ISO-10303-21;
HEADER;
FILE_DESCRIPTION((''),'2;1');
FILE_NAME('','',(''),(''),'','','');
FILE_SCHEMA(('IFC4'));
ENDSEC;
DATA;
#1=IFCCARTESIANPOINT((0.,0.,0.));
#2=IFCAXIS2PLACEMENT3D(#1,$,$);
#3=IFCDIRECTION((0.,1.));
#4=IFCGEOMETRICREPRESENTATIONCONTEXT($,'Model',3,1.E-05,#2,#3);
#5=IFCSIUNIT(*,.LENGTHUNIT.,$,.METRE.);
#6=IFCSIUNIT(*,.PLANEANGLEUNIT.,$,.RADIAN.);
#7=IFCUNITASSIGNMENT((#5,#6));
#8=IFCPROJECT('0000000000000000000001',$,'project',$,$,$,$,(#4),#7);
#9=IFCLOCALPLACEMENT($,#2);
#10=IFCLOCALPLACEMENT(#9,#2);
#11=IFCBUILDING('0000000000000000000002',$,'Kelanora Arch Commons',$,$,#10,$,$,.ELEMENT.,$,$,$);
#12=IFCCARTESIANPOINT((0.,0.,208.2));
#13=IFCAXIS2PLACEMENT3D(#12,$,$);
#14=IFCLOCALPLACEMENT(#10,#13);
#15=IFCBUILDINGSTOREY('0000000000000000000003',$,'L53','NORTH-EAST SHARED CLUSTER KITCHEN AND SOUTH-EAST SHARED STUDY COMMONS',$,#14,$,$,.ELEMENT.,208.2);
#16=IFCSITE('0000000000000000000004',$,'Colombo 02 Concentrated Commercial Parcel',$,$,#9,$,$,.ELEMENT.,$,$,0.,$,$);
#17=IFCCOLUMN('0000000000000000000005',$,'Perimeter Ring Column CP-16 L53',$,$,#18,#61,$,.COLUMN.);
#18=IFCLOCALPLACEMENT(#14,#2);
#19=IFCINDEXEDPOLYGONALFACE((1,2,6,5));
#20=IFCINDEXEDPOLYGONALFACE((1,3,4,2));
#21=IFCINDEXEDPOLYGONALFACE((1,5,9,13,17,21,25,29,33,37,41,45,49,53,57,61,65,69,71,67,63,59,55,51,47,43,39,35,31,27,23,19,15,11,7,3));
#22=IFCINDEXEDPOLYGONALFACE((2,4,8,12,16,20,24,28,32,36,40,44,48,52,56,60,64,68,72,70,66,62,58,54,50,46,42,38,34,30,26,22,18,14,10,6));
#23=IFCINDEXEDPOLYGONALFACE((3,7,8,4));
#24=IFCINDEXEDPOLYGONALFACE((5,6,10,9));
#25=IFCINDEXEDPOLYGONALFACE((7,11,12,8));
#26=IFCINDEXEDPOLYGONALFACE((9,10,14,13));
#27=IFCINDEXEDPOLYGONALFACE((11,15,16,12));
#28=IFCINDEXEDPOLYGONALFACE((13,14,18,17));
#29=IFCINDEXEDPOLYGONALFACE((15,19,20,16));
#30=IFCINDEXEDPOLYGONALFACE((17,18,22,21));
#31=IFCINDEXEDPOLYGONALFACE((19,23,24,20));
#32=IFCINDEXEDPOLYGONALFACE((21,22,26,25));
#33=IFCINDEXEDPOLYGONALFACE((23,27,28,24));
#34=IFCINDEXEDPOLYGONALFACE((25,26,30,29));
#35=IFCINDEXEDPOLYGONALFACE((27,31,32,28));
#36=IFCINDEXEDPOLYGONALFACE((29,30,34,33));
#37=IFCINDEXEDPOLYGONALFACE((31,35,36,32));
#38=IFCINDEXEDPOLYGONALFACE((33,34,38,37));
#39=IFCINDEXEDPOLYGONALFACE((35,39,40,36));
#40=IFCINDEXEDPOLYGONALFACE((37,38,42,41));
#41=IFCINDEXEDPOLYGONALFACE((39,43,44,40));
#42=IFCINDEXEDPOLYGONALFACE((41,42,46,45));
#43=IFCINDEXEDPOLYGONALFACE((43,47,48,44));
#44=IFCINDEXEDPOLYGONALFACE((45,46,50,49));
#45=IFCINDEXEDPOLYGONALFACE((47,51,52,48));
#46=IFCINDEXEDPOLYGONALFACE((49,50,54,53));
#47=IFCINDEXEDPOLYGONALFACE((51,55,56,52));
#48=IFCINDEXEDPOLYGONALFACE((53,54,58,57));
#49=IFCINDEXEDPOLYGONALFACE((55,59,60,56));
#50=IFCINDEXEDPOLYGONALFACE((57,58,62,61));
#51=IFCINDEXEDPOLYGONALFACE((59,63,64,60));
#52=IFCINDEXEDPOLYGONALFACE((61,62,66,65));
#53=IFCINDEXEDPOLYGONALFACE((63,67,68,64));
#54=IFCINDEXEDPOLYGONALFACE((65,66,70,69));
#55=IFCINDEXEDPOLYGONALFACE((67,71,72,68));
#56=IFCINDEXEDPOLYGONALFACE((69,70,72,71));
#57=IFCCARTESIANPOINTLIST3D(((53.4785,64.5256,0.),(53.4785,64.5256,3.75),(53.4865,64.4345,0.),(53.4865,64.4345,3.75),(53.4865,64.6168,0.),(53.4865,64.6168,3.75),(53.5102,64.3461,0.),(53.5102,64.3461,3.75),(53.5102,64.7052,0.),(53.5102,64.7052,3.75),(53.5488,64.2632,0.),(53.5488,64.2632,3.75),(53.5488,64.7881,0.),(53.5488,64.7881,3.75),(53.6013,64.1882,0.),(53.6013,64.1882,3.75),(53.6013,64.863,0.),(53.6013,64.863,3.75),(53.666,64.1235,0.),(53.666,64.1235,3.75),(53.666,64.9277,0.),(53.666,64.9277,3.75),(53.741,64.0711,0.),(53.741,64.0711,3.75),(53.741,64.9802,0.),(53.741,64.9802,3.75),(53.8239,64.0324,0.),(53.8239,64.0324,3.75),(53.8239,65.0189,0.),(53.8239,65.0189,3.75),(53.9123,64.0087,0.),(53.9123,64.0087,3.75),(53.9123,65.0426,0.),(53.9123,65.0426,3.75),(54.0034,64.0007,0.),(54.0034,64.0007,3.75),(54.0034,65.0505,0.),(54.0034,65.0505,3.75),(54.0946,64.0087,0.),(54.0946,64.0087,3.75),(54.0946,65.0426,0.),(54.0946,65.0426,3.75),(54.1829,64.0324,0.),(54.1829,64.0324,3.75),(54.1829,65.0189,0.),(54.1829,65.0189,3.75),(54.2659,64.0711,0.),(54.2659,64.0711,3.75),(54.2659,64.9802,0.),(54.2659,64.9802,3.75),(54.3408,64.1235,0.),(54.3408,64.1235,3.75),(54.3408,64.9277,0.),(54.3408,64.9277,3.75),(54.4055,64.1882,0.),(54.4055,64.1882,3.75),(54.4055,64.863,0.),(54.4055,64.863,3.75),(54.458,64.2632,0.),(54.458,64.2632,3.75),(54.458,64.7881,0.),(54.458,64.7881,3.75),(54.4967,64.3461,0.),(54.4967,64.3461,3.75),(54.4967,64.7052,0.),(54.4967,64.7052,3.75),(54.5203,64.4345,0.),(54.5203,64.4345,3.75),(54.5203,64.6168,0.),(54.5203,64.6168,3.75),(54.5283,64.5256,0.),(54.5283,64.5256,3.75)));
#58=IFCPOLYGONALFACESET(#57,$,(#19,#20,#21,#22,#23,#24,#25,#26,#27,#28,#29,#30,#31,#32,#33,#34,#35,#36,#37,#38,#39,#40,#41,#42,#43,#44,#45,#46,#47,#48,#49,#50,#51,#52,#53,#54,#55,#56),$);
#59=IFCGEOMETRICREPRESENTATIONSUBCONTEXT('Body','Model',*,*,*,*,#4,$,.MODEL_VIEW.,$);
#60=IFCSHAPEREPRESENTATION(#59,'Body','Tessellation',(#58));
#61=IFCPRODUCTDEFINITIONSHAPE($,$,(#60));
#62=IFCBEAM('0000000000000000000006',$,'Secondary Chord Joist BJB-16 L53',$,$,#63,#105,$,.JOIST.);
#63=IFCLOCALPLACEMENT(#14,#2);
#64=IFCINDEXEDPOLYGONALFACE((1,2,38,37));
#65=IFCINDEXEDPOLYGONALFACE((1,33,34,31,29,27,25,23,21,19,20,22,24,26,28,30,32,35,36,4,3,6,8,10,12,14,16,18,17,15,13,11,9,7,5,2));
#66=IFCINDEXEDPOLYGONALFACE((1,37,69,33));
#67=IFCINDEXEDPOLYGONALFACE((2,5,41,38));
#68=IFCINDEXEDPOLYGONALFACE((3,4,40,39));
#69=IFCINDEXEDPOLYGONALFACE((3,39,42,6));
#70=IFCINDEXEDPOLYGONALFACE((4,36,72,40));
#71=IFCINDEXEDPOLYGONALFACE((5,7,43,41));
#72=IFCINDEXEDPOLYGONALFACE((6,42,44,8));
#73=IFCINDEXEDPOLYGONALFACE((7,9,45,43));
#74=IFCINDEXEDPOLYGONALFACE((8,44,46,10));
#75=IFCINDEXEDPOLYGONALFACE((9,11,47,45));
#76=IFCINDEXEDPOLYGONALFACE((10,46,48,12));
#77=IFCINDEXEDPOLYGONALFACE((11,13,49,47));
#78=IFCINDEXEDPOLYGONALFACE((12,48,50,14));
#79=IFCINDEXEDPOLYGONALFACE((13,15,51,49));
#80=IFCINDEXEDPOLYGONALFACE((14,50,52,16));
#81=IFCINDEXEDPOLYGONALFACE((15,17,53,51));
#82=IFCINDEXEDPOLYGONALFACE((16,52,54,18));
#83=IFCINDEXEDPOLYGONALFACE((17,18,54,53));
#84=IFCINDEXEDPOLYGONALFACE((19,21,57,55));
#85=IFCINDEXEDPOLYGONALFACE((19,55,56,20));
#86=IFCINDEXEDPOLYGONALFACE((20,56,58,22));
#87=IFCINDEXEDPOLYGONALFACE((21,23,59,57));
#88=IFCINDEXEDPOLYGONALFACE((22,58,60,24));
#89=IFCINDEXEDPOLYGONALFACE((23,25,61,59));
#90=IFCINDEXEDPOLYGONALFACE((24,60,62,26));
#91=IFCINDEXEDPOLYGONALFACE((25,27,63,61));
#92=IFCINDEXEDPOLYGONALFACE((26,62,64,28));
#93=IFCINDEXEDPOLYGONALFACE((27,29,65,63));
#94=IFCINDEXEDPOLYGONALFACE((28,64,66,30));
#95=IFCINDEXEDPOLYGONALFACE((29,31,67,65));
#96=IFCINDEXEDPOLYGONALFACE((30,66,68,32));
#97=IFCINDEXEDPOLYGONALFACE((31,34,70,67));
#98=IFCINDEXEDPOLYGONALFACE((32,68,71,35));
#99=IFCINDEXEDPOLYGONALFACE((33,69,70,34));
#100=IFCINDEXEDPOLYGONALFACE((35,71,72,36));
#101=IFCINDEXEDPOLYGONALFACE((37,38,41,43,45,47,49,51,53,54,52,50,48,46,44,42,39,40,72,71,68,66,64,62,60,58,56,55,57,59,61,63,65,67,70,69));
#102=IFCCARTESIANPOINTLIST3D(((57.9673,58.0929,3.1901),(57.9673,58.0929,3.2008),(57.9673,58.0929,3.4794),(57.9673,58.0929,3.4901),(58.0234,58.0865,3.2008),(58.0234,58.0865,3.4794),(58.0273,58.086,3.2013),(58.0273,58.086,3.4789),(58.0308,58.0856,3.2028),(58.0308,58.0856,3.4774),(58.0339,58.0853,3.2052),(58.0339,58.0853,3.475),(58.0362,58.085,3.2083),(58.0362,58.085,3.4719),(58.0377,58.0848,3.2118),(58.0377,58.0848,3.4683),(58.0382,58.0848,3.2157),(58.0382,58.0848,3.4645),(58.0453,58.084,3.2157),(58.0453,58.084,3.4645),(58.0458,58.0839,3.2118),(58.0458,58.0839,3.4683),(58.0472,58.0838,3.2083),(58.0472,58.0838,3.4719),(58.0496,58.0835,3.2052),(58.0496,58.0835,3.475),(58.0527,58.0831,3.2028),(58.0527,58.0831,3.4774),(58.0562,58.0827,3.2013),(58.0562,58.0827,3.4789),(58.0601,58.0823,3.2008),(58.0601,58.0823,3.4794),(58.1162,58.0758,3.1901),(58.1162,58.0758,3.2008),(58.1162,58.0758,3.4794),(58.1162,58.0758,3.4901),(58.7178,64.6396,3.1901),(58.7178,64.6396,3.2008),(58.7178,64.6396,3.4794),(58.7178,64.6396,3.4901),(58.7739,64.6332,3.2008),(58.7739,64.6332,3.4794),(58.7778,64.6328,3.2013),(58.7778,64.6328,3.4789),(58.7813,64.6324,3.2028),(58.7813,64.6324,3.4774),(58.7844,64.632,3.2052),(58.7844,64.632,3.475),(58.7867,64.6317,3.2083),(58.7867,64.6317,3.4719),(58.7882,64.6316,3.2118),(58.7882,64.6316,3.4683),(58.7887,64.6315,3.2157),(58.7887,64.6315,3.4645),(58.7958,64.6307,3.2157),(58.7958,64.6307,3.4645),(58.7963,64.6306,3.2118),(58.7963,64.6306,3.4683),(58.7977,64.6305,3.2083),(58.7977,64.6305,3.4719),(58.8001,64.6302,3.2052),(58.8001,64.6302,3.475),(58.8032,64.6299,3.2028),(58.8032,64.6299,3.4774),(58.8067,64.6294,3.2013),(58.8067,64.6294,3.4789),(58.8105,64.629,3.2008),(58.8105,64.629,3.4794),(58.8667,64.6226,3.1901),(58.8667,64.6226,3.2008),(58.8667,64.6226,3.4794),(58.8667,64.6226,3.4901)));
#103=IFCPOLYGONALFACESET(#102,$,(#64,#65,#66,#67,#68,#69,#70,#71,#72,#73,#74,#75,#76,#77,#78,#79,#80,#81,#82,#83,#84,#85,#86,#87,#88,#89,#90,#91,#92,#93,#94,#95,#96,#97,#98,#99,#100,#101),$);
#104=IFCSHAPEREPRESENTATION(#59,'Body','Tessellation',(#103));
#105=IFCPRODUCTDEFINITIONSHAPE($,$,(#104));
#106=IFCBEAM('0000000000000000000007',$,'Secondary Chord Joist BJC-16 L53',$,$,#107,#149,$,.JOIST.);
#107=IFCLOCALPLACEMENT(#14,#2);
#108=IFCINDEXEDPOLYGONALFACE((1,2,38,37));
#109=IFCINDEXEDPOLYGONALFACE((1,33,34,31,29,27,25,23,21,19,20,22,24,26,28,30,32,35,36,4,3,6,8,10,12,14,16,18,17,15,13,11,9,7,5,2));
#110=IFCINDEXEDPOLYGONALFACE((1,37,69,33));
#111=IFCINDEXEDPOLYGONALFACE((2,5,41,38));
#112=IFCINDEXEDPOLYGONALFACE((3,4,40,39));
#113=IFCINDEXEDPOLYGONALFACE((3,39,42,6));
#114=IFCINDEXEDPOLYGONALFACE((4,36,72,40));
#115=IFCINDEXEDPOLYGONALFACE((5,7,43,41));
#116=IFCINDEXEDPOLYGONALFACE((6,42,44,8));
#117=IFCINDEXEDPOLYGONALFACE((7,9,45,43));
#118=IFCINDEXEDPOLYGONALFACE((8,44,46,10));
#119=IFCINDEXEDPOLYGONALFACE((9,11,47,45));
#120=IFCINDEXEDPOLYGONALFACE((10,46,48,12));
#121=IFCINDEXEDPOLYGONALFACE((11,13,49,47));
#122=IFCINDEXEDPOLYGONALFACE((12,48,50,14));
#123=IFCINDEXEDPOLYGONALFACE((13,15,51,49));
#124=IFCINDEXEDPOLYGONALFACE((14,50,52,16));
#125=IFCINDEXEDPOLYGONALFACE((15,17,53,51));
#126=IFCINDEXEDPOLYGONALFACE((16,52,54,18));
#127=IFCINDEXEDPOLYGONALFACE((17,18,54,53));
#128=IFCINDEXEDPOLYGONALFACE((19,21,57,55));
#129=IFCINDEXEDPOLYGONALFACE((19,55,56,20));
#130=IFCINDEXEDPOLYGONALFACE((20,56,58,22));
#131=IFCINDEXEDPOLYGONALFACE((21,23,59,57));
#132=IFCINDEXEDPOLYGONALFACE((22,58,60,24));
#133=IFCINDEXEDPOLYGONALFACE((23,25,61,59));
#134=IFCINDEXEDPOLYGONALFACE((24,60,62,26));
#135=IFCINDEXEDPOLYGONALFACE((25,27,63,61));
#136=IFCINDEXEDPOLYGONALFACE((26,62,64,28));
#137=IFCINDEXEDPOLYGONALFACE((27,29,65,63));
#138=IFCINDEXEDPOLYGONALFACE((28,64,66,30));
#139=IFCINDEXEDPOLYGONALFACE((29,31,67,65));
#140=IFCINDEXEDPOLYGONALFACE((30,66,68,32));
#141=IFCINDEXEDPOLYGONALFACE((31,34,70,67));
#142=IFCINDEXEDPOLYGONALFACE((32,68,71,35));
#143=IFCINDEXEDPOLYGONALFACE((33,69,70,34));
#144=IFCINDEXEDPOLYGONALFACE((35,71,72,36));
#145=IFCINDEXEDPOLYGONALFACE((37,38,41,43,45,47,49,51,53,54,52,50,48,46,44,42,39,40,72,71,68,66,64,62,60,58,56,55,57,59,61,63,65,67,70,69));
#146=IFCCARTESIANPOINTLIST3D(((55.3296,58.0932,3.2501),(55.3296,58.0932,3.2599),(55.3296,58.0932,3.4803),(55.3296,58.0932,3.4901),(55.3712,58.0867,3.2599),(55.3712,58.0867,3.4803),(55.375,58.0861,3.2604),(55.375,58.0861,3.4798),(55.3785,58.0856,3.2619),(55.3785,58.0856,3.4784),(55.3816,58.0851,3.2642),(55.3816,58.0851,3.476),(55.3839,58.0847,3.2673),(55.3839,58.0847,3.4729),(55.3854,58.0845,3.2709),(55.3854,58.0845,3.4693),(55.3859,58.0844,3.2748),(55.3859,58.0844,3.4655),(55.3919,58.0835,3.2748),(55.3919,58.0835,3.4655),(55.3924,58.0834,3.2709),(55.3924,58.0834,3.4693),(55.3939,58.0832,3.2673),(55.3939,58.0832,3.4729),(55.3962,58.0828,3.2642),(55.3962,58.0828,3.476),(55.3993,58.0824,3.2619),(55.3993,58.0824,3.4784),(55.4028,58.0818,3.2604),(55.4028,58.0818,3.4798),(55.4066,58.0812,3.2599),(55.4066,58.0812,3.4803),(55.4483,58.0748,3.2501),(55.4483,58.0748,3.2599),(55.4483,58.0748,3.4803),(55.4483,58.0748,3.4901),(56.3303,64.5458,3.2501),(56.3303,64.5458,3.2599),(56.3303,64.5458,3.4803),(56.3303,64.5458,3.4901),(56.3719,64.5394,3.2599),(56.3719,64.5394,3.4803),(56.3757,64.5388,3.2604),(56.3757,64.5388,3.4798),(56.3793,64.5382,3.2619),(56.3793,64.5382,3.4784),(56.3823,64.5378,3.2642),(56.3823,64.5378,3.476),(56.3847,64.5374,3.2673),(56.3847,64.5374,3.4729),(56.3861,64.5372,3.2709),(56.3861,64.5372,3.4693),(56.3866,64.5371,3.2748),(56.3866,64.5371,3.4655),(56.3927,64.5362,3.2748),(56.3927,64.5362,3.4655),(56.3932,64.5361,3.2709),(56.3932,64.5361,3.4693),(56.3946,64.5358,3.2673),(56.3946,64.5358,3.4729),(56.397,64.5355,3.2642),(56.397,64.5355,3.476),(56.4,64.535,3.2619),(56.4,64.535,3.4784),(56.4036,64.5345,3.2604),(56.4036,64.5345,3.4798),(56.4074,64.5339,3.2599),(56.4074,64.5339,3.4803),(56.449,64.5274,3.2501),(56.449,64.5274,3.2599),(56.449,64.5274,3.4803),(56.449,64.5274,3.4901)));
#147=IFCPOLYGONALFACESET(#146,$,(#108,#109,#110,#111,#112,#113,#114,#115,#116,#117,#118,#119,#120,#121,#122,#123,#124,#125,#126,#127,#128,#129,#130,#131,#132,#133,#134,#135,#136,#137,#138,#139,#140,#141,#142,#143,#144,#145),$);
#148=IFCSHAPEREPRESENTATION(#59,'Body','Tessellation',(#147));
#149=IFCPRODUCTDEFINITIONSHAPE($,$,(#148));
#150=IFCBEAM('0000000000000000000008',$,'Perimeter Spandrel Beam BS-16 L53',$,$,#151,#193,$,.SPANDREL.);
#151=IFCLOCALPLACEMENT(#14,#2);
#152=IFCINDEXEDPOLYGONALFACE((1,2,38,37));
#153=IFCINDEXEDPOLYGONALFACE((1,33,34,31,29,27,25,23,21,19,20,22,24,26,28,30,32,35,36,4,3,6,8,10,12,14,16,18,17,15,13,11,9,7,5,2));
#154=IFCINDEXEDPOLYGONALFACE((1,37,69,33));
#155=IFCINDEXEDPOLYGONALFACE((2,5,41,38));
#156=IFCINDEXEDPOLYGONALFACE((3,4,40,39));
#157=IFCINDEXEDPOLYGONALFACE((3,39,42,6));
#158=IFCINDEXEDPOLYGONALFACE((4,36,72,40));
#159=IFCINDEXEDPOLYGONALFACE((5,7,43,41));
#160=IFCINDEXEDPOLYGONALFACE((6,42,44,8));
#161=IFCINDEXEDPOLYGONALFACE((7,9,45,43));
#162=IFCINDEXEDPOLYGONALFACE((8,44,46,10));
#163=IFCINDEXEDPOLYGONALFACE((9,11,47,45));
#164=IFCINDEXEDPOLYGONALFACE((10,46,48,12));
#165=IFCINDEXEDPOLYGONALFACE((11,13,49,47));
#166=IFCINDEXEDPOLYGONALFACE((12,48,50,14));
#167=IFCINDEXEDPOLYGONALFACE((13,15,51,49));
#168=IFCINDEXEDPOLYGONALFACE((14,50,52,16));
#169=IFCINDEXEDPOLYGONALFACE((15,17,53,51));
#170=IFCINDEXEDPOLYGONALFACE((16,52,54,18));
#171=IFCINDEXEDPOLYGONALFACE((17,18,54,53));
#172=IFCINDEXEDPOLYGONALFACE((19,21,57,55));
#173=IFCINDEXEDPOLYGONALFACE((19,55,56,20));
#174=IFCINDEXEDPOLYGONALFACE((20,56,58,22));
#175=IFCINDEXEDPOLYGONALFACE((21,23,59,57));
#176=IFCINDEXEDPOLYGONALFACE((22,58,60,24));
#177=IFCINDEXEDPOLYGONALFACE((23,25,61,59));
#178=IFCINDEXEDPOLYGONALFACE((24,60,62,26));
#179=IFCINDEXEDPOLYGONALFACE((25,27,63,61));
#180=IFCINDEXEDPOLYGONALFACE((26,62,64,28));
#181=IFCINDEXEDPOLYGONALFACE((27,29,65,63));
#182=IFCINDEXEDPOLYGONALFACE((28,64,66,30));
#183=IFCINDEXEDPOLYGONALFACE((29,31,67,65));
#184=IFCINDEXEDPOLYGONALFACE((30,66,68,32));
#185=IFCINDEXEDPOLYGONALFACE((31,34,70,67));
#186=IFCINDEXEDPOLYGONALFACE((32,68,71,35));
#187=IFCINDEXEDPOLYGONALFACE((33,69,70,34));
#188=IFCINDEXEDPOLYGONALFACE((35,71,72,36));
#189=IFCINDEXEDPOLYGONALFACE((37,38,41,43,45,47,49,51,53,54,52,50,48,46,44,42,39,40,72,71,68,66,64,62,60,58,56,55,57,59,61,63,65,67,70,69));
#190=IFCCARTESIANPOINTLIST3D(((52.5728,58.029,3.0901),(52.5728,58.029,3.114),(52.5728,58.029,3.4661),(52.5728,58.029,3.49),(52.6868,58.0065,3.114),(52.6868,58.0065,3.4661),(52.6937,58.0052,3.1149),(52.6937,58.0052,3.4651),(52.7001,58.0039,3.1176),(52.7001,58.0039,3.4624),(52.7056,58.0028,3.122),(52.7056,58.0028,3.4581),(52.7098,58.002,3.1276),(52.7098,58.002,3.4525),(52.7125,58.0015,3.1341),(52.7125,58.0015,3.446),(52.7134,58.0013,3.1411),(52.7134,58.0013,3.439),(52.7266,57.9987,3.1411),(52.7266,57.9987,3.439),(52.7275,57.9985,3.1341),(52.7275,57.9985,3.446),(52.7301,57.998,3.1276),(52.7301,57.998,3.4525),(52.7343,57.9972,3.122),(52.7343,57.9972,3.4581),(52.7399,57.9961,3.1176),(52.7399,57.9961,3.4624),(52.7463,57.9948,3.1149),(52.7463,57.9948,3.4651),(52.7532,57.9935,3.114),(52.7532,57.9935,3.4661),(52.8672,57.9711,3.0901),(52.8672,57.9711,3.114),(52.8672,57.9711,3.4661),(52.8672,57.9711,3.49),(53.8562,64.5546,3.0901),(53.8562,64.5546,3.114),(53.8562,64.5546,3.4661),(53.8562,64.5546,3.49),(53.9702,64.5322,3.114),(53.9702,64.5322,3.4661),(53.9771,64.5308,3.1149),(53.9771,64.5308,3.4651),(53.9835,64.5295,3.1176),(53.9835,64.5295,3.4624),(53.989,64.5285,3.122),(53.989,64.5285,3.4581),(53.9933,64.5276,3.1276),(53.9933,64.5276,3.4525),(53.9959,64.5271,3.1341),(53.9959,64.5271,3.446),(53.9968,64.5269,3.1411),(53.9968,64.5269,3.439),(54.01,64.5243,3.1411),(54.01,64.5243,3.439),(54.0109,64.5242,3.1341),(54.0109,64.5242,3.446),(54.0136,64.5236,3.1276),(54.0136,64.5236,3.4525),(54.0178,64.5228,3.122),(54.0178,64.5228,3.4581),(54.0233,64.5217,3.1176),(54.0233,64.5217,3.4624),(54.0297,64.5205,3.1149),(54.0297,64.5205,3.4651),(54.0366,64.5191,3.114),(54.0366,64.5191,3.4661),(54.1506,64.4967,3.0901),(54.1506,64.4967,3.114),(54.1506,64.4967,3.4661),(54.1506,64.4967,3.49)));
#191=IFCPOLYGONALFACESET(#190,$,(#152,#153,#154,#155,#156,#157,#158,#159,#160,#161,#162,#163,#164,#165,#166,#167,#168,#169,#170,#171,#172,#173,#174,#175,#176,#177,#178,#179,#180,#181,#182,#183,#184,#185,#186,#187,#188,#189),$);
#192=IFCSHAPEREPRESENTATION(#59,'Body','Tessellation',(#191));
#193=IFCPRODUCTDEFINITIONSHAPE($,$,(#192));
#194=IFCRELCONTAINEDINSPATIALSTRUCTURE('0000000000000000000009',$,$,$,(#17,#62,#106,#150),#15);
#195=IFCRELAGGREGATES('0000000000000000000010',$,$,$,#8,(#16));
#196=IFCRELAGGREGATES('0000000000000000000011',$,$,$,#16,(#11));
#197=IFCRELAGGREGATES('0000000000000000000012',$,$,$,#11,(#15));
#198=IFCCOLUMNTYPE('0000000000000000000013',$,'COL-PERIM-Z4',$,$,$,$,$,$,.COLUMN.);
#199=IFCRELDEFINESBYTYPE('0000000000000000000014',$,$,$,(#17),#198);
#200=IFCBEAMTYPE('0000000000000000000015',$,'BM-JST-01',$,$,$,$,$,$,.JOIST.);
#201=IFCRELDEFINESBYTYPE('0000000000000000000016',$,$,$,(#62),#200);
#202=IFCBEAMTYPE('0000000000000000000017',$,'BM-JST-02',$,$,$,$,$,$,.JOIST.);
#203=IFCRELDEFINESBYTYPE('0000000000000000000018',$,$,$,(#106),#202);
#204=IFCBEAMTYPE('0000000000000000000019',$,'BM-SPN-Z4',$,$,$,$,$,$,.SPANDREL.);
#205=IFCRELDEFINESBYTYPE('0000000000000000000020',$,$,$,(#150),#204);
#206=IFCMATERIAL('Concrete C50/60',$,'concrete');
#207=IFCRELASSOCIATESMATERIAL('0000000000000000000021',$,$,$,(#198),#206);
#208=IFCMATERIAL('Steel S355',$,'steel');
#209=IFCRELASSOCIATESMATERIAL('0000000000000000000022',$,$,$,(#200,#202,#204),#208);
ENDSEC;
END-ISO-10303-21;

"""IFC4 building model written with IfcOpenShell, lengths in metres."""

from ifc_helpers import new_model, si_unit, direction, frame, origin, origin_2d, place, context, subcontext, project, spatial, circle, i_section, extrude, material, material_profile, profile_set, type_object, element, save


model = new_model("IFC4")

# Units and contexts
model_context = context("Model", 3, precision=1e-05, world=origin(), true_north=direction((0.0, 1.0)))
body_context = subcontext(model_context, "Body", "Model", "MODEL_VIEW")
ifc_project = project(units=[si_unit("LENGTHUNIT", "METRE"), si_unit("PLANEANGLEUNIT", "RADIAN")], contexts=[model_context])

# Site, building, storey
site_placement = place(None, origin())
site = spatial("IfcSite", under=ifc_project, at=site_placement, Name="Colombo 02 Concentrated Commercial Parcel", CompositionType="ELEMENT", RefElevation=0.0)
building_placement = place(site_placement, origin())
building = spatial("IfcBuilding", under=site, at=building_placement, Name="Kelanora Arch Commons", CompositionType="ELEMENT")
storey_placement = place(building_placement, frame((0.0, 0.0, 208.2)))
storey = spatial("IfcBuildingStorey", under=building, at=storey_placement, Name="L53", Description="NORTH-EAST SHARED CLUSTER KITCHEN AND SOUTH-EAST SHARED STUDY COMMONS", CompositionType="ELEMENT", Elevation=208.2)

# Column
ifc_material_1 = material(Name="Concrete C50/60", Category="concrete")
ifc_material_profile_1 = material_profile(ifc_material_1, circle(Radius=0.5249, at=origin_2d()), Name="RCC1050")
ifc_profile_set_1 = profile_set([ifc_material_profile_1], Name="Concrete C50/60")
column_type = type_object("IfcColumnType", Name="COL-PERIM-Z4", PredefinedType="COLUMN", material=ifc_profile_set_1)
column_placement = place(storey_placement, frame((54.0034, 64.5256, 0.0), z_axis=(0.0, 0.0, 1.0), x_axis=(1.0, 0.0, 0.0)))
element("IfcColumn", 1, at=column_placement, inside=storey, type_object=column_type, Name="Perimeter Ring Column CP-16 L53", PredefinedType="COLUMN", context=body_context, shape_type="SweptSolid", body=[
    extrude(circle(Radius=0.5249, at=origin_2d()), origin(), (0.0, 0.0, 1.0), 3.75),
])

# Beams
ifc_material_2 = material(Name="Steel S355", Category="steel")
ifc_material_profile_2 = material_profile(ifc_material_2, i_section(OverallWidth=0.1499, OverallDepth=0.3, WebThickness=0.0071, FlangeThickness=0.0107, FilletRadius=0.0149, at=origin_2d()), Name="IPE300")
ifc_profile_set_2 = profile_set([ifc_material_profile_2], Name="Steel S355")
beam_type_1 = type_object("IfcBeamType", Name="BM-JST-01", PredefinedType="JOIST", material=ifc_profile_set_2)
beam_1_placement = place(storey_placement, frame((58.7922, 64.6311, 3.3401), z_axis=(-0.113891, -0.993493, 0.0), x_axis=(0.993493, -0.113891, 0.0)))
element("IfcBeam", 2, at=beam_1_placement, inside=storey, type_object=beam_type_1, Name="Secondary Chord Joist BJB-16 L53", PredefinedType="JOIST", context=body_context, shape_type="SweptSolid", body=[
    extrude(i_section(OverallWidth=0.1499, OverallDepth=0.3, WebThickness=0.0071, FlangeThickness=0.0107, FilletRadius=0.0149, at=origin_2d()), origin(), (0.0, 0.0, 1.0), 6.5896),
])
ifc_material_profile_3 = material_profile(ifc_material_2, i_section(OverallWidth=0.1201, OverallDepth=0.24, WebThickness=0.0061, FlangeThickness=0.0098, FilletRadius=0.0149, at=origin_2d()), Name="IPE240")
ifc_profile_set_3 = profile_set([ifc_material_profile_3], Name="Steel S355")
beam_type_2 = type_object("IfcBeamType", Name="BM-JST-02", PredefinedType="JOIST", material=ifc_profile_set_3)
beam_2_placement = place(storey_placement, frame((56.3896, 64.5366, 3.3701), z_axis=(-0.153257, -0.988186, 0.0), x_axis=(0.988186, -0.153257, 0.0)))
element("IfcBeam", 3, at=beam_2_placement, inside=storey, type_object=beam_type_2, Name="Secondary Chord Joist BJC-16 L53", PredefinedType="JOIST", context=body_context, shape_type="SweptSolid", body=[
    extrude(i_section(OverallWidth=0.1201, OverallDepth=0.24, WebThickness=0.0061, FlangeThickness=0.0098, FilletRadius=0.0149, at=origin_2d()), origin(), (0.0, 0.0, 1.0), 6.5298),
])
ifc_material_profile_4 = material_profile(ifc_material_2, i_section(OverallWidth=0.3, OverallDepth=0.3999, WebThickness=0.0134, FlangeThickness=0.0239, FilletRadius=0.0271, at=origin_2d()), Name="HEB400")
ifc_profile_set_4 = profile_set([ifc_material_profile_4], Name="Steel S355")
beam_type_3 = type_object("IfcBeamType", Name="BM-SPN-Z4", PredefinedType="SPANDREL", material=ifc_profile_set_4)
beam_3_placement = place(storey_placement, frame((54.0034, 64.5256, 3.29), z_axis=(-0.192981, -0.981203, 0.0), x_axis=(0.981203, -0.192981, 0.0)))
element("IfcBeam", 4, at=beam_3_placement, inside=storey, type_object=beam_type_3, Name="Perimeter Spandrel Beam BS-16 L53", PredefinedType="SPANDREL", context=body_context, shape_type="SweptSolid", body=[
    extrude(i_section(OverallWidth=0.3, OverallDepth=0.3999, WebThickness=0.0134, FlangeThickness=0.0239, FilletRadius=0.0271, at=origin_2d()), origin(), (0.0, 0.0, 1.0), 6.6506),
])

save(model, "model.ifc")
